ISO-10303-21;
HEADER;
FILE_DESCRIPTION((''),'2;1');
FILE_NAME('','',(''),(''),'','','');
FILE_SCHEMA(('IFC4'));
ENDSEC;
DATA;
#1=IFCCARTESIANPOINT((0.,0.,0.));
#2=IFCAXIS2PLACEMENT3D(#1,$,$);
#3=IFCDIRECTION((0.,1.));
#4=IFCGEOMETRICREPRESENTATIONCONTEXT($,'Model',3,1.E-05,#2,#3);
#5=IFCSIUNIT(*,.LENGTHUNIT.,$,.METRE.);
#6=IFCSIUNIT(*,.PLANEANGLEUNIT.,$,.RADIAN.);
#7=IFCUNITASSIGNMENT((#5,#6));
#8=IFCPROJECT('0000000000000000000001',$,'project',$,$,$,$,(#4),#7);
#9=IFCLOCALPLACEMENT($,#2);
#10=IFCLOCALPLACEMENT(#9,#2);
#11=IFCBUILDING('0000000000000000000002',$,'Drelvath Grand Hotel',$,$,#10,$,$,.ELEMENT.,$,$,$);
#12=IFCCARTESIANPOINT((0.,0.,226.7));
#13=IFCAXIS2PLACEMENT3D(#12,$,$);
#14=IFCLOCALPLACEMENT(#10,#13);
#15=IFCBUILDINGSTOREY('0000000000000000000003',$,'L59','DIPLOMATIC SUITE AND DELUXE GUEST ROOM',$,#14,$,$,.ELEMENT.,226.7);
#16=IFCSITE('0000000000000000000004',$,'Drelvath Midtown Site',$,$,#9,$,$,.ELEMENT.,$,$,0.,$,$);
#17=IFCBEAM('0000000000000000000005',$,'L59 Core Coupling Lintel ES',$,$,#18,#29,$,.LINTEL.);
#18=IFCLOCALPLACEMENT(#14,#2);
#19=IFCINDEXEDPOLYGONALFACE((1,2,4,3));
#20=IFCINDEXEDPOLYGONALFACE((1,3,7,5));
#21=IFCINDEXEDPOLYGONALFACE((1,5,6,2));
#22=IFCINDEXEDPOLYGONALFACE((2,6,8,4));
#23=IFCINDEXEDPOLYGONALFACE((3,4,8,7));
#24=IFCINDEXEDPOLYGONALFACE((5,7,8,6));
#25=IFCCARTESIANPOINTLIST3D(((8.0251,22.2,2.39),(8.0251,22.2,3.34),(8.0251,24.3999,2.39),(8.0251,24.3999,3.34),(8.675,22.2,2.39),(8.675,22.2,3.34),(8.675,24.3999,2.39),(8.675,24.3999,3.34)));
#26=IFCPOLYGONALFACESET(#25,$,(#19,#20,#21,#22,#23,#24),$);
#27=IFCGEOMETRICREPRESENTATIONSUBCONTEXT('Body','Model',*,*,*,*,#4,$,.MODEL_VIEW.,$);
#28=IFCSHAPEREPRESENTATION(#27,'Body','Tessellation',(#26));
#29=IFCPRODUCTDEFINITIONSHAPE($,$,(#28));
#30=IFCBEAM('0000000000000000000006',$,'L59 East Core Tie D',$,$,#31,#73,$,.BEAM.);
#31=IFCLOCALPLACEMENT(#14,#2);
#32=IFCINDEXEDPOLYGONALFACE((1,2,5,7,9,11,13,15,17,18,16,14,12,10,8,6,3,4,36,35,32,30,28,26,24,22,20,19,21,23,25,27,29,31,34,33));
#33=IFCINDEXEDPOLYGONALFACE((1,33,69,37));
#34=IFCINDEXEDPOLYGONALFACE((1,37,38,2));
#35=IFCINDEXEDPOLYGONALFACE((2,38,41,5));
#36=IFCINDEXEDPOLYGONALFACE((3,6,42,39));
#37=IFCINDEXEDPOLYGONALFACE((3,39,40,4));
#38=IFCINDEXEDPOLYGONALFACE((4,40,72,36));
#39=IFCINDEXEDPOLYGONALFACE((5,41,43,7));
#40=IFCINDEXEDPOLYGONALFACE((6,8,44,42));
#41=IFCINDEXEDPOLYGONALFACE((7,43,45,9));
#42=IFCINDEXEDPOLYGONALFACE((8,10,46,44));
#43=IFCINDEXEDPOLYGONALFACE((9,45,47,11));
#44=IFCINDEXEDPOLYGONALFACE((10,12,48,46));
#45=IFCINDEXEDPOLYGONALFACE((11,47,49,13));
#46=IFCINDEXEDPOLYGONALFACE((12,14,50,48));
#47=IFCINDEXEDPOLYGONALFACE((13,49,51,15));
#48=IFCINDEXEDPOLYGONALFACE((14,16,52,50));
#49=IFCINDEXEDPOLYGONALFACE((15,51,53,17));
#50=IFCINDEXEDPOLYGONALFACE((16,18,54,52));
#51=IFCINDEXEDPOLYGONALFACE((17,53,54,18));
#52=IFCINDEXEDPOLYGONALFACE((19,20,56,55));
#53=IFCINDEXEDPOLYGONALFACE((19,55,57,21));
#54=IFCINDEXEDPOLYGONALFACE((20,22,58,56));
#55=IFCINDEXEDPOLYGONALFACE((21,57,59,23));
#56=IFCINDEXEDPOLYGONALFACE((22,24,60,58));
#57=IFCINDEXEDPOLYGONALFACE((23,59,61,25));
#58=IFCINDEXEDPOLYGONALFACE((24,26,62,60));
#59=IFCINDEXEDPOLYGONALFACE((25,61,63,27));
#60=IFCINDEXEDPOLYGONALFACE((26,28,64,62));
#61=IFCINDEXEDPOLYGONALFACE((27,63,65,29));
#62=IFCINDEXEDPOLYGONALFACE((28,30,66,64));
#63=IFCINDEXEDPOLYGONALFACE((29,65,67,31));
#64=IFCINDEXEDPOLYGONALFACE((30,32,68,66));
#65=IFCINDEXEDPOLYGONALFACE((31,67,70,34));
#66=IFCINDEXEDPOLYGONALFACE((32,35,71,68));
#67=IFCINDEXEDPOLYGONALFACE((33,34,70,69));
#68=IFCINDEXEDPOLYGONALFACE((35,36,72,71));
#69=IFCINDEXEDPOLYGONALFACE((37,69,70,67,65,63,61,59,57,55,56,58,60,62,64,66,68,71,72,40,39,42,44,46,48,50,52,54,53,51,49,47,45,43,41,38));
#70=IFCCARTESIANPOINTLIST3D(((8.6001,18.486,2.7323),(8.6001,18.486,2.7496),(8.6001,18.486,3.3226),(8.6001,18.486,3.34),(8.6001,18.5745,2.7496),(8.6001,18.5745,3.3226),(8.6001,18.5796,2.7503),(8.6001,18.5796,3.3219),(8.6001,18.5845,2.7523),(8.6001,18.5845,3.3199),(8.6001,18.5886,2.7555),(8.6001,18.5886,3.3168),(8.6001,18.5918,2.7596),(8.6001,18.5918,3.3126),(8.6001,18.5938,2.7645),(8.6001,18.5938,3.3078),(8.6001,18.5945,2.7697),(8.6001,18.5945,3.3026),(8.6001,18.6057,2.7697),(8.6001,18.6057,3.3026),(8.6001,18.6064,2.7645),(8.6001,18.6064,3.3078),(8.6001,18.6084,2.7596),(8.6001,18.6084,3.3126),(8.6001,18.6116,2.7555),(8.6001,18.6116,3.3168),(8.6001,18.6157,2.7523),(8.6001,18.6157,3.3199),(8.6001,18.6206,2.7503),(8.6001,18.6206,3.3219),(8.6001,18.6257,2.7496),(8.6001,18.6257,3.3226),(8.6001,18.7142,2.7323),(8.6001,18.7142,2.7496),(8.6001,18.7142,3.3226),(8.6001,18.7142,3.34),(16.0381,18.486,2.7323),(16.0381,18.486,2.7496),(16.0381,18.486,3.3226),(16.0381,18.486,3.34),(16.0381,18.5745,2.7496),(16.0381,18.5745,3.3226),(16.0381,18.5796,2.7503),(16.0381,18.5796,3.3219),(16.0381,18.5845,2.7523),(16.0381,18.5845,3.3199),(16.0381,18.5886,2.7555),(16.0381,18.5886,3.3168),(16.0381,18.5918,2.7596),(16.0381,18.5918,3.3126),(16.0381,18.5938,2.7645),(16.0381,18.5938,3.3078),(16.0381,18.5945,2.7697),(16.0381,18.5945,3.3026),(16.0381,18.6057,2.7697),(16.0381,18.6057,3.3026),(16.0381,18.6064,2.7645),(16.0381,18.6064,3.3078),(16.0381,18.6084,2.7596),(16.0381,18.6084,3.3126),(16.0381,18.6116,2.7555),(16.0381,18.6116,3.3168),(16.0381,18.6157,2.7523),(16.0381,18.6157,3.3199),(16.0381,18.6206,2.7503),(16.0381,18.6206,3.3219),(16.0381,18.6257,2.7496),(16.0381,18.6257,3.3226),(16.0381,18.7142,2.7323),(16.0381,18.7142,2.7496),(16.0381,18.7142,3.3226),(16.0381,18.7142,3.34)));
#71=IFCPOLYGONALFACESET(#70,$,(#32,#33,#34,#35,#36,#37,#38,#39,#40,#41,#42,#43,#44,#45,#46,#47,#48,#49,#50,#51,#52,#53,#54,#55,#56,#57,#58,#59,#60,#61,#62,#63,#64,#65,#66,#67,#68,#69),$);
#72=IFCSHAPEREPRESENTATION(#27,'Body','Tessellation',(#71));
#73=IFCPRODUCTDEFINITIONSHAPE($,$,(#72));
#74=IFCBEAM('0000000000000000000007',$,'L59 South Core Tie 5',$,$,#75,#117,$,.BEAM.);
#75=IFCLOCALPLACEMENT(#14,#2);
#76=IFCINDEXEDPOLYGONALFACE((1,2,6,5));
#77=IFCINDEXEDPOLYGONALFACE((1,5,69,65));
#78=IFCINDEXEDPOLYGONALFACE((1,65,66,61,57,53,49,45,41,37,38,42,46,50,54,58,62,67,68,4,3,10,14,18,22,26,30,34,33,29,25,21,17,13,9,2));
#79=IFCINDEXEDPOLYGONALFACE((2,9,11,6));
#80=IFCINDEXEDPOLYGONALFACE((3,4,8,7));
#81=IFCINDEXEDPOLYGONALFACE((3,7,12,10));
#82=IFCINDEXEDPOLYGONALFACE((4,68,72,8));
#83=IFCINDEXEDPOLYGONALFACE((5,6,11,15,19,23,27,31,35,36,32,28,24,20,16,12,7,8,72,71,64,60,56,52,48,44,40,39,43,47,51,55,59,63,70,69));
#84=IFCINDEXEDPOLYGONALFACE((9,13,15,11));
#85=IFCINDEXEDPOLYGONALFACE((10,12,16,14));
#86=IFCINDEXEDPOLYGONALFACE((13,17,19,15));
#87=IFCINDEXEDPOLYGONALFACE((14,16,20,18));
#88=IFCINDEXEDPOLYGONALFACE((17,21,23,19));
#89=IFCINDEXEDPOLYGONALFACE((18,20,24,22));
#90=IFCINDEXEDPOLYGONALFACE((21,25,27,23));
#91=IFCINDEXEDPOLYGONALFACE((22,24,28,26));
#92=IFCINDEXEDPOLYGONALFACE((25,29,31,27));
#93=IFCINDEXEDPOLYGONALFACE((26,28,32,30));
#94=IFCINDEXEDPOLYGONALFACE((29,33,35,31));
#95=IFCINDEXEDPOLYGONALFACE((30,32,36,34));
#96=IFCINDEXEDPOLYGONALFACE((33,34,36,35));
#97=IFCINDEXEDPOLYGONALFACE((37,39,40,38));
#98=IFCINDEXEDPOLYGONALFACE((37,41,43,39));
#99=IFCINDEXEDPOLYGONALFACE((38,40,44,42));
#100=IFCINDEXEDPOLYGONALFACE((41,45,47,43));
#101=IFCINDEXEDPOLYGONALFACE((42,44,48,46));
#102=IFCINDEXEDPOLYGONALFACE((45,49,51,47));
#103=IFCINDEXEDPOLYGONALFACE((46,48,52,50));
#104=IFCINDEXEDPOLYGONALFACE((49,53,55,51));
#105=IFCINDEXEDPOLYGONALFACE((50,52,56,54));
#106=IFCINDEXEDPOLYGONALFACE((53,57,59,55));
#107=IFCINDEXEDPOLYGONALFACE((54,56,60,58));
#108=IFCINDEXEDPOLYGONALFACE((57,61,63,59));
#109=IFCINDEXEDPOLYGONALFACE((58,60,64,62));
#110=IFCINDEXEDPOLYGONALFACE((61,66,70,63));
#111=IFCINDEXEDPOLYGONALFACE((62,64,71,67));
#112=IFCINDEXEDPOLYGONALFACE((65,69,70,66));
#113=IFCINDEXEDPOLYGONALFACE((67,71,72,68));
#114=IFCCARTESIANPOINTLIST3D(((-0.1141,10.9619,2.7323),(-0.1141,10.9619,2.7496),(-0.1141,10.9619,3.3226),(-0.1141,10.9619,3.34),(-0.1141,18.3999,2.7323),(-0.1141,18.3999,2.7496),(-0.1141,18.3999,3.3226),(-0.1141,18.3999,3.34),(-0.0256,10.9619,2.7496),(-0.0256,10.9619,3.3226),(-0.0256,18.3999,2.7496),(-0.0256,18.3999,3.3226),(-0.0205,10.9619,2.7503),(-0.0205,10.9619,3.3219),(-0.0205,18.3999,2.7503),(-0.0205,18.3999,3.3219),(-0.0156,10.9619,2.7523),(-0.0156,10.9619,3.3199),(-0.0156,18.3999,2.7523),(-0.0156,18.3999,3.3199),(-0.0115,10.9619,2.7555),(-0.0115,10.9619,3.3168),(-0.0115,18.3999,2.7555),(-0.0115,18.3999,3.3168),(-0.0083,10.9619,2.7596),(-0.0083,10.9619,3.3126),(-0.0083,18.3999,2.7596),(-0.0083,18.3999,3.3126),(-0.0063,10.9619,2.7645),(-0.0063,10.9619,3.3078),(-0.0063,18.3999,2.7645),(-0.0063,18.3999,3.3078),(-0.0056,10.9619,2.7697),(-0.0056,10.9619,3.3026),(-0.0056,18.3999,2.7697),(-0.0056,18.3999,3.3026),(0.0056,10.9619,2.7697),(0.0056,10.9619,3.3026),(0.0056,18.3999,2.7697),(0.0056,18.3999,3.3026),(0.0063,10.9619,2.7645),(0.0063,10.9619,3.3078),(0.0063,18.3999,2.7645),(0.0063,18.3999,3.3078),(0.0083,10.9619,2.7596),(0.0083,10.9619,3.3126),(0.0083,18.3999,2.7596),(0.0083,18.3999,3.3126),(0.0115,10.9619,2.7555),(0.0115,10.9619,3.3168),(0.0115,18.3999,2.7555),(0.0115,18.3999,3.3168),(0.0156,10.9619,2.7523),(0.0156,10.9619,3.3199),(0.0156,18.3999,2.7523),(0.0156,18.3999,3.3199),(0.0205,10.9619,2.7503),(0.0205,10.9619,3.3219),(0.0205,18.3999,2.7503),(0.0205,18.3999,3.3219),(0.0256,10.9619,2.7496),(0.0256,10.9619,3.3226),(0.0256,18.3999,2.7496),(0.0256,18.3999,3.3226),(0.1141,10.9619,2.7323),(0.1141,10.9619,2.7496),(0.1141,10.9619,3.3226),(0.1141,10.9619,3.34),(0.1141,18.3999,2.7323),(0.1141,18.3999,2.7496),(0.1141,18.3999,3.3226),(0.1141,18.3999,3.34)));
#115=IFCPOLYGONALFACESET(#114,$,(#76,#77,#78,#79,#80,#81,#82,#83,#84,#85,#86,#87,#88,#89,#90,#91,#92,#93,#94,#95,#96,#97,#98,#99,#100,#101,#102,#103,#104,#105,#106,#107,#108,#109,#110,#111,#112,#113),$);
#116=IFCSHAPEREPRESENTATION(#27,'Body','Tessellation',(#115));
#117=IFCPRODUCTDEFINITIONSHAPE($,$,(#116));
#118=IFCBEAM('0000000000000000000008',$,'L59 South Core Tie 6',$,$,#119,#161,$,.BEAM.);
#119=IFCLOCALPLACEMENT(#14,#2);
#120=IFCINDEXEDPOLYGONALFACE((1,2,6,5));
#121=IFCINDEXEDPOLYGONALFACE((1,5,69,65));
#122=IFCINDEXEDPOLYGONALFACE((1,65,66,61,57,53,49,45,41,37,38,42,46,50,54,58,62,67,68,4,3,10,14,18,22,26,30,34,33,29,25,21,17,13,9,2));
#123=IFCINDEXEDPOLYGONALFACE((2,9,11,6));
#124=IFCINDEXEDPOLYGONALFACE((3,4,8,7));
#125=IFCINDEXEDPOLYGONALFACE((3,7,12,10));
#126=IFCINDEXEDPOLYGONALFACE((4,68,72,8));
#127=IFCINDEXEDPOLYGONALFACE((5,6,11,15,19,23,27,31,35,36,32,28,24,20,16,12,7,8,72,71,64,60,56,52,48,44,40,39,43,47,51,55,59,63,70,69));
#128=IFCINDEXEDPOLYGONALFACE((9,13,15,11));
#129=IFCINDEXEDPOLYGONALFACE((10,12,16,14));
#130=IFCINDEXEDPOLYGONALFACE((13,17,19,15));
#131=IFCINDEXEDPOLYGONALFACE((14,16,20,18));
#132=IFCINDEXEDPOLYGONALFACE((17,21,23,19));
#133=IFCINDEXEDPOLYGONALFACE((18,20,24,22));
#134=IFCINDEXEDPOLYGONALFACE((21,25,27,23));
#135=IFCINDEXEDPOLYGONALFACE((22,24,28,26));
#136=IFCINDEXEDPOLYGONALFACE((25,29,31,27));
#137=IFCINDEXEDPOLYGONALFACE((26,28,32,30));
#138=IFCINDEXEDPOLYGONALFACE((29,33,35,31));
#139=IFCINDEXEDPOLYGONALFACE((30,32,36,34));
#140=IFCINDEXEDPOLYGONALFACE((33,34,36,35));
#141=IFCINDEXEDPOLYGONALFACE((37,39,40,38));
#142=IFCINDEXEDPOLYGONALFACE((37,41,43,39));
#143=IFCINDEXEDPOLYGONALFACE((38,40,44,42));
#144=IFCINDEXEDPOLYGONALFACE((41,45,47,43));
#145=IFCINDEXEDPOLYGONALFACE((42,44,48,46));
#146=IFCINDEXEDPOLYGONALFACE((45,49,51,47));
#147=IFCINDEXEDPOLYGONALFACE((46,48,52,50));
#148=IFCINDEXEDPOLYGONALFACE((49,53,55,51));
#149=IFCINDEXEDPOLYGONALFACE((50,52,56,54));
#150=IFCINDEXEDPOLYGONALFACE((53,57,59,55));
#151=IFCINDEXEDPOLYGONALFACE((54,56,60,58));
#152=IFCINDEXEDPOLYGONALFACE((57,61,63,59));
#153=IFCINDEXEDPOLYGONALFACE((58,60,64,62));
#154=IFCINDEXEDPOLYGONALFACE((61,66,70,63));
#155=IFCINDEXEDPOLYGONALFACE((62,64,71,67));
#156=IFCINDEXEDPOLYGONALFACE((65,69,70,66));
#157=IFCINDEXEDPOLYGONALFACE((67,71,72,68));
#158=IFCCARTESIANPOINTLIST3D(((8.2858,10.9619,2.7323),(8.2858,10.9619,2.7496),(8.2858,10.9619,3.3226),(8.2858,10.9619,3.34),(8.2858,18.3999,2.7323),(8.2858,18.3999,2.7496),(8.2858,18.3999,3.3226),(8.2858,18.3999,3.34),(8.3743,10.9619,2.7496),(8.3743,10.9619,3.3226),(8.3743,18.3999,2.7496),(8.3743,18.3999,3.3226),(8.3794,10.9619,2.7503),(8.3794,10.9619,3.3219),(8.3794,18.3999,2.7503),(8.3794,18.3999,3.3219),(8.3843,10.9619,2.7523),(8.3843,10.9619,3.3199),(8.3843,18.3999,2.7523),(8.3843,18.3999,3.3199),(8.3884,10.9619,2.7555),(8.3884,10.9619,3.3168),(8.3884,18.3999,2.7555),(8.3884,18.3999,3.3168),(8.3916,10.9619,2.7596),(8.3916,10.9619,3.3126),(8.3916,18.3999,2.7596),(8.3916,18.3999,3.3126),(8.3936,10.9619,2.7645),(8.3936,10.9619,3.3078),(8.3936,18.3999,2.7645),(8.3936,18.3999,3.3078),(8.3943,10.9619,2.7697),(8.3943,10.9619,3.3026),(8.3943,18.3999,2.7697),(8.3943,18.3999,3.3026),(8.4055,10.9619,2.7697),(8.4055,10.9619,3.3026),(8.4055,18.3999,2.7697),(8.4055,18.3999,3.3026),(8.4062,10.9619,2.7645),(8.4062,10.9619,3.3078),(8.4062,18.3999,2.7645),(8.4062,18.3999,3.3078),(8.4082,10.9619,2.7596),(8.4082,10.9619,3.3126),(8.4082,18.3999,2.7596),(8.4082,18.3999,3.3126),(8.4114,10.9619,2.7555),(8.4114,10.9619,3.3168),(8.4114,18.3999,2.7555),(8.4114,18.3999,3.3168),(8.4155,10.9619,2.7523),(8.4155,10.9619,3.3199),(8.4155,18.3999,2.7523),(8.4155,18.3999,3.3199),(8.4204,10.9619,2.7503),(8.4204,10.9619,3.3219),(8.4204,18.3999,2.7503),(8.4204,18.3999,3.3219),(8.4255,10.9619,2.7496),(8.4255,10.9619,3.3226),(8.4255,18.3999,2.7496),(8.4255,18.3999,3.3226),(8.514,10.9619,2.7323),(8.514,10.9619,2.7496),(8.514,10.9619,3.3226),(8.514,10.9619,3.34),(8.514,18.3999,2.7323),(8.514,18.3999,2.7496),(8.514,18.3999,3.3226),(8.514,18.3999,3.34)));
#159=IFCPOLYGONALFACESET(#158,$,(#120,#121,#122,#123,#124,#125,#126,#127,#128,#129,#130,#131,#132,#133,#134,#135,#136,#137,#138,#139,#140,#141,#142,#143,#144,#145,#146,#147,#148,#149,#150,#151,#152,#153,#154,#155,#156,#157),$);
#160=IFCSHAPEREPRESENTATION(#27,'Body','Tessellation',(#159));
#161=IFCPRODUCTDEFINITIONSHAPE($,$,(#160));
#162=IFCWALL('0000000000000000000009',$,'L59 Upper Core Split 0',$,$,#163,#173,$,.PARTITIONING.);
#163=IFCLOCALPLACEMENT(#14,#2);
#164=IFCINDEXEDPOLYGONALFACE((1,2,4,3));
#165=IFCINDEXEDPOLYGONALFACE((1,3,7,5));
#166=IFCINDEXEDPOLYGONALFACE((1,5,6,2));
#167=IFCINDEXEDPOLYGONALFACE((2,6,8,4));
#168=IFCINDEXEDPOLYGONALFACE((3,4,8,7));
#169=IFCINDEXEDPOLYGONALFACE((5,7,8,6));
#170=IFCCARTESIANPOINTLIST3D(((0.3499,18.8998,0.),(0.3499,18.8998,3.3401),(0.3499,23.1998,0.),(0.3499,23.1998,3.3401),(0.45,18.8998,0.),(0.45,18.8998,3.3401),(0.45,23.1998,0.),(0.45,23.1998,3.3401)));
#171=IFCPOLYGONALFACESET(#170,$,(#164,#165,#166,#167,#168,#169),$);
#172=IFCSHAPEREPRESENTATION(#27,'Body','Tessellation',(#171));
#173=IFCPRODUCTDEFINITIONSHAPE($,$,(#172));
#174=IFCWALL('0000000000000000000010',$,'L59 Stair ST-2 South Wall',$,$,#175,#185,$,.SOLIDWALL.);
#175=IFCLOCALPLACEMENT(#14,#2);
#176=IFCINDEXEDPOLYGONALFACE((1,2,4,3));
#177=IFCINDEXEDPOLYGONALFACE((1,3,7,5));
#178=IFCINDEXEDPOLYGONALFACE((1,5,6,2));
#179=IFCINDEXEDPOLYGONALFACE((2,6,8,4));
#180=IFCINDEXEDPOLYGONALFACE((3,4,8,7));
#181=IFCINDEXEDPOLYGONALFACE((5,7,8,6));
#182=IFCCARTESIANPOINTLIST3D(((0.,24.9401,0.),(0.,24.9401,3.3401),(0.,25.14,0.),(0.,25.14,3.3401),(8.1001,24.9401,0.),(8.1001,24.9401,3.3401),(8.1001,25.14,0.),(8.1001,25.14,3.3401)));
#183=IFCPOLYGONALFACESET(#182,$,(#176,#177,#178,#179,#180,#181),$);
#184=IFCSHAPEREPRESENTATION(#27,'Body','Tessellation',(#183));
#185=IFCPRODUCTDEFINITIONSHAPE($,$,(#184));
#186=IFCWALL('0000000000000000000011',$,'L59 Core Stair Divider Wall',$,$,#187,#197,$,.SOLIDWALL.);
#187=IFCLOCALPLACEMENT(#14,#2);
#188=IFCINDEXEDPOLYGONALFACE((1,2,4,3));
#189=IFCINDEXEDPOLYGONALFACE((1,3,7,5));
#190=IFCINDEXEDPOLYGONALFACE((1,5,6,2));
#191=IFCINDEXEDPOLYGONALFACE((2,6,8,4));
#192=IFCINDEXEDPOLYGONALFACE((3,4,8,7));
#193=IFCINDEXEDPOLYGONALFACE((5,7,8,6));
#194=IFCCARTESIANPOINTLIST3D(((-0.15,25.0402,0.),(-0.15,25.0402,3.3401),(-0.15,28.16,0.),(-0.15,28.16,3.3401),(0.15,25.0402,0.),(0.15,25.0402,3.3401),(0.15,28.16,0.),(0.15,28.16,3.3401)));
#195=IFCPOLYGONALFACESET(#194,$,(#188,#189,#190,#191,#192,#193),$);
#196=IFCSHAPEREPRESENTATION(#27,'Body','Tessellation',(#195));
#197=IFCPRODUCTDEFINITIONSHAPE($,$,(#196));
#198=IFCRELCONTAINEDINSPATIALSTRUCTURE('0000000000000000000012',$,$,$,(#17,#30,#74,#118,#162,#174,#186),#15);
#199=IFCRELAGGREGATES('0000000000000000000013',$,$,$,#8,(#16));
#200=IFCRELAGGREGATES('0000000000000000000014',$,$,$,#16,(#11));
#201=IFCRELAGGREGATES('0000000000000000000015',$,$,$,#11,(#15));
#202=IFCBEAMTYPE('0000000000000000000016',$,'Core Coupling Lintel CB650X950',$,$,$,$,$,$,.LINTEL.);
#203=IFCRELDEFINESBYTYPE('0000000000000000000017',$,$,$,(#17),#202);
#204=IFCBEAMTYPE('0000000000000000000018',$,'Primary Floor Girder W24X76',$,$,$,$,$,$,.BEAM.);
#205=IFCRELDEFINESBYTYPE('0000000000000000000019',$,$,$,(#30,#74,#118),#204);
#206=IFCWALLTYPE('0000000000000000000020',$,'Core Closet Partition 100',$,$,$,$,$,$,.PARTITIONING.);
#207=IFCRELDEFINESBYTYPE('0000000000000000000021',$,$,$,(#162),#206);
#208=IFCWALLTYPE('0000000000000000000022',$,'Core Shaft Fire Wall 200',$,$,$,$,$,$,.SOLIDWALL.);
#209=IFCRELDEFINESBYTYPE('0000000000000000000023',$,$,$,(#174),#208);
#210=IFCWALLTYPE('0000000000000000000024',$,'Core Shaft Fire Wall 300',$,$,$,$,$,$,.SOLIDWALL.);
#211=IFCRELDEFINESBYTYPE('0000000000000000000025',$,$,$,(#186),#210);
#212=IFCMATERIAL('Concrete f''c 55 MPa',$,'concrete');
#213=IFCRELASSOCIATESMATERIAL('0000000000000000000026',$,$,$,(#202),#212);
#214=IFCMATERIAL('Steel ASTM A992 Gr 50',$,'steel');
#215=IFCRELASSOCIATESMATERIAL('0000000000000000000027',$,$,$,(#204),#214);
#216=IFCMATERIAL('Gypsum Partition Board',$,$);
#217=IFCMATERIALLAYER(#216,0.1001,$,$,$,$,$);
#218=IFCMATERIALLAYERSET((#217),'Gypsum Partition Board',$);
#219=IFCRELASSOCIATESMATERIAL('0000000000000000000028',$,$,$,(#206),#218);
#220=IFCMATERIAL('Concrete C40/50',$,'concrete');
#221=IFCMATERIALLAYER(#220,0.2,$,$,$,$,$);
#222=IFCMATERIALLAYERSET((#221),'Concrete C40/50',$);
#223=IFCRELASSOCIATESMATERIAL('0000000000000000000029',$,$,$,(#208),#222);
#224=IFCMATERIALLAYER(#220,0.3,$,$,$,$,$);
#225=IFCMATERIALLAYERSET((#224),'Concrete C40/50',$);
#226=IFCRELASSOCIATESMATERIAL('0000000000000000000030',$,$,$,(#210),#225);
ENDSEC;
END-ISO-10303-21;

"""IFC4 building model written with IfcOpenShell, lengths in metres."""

from ifc_helpers import new_model, si_unit, direction, frame, frame_2d, origin, origin_2d, place, context, subcontext, project, spatial, rectangle, i_section, extrude, material, layer, layer_set, material_profile, profile_set, type_object, element, save


model = new_model("IFC4")

# Units and contexts
model_context = context("Model", 3, precision=1e-05, world=origin(), true_north=direction((0.0, 1.0)))
body_context = subcontext(model_context, "Body", "Model", "MODEL_VIEW")
ifc_project = project(units=[si_unit("LENGTHUNIT", "METRE"), si_unit("PLANEANGLEUNIT", "RADIAN")], contexts=[model_context])

# Site, building, storey
site_placement = place(None, origin())
site = spatial("IfcSite", under=ifc_project, at=site_placement, Name="Drelvath Midtown Site", CompositionType="ELEMENT", RefElevation=0.0)
building_placement = place(site_placement, origin())
building = spatial("IfcBuilding", under=site, at=building_placement, Name="Drelvath Grand Hotel", CompositionType="ELEMENT")
storey_placement = place(building_placement, frame((0.0, 0.0, 226.7)))
storey = spatial("IfcBuildingStorey", under=building, at=storey_placement, Name="L59", Description="DIPLOMATIC SUITE AND DELUXE GUEST ROOM", CompositionType="ELEMENT", Elevation=226.7)

# Beams
ifc_material_1 = material(Name="Concrete f'c 55 MPa", Category="concrete")
ifc_material_profile_1 = material_profile(ifc_material_1, rectangle(XDim=0.6499, YDim=0.95, at=origin_2d()), Name="CB650X950")
ifc_profile_set_1 = profile_set([ifc_material_profile_1], Name="Concrete f'c 55 MPa")
beam_type_1 = type_object("IfcBeamType", Name="Core Coupling Lintel CB650X950", PredefinedType="LINTEL", material=ifc_profile_set_1)
beam_placement = place(storey_placement, frame((8.3501, 22.2, 2.865), z_axis=(0.0, 1.0, 0.0), x_axis=(-1.0, 0.0, 0.0)))
element("IfcBeam", 1, at=beam_placement, inside=storey, type_object=beam_type_1, Name="L59 Core Coupling Lintel ES", PredefinedType="LINTEL", context=body_context, shape_type="SweptSolid", body=[
    extrude(rectangle(XDim=0.6499, YDim=0.95, at=origin_2d()), origin(), (0.0, 0.0, 1.0), 2.2),
])
ifc_material_2 = material(Name="Steel ASTM A992 Gr 50", Category="steel")
ifc_material_profile_2 = material_profile(ifc_material_2, i_section(OverallWidth=0.2283, OverallDepth=0.6077, WebThickness=0.0112, FlangeThickness=0.0173, FilletRadius=0.02, at=origin_2d()), Name="W24X76")
ifc_profile_set_2 = profile_set([ifc_material_profile_2], Name="Steel ASTM A992 Gr 50")
beam_type_2 = type_object("IfcBeamType", Name="Primary Floor Girder W24X76", PredefinedType="BEAM", material=ifc_profile_set_2)
for number, where, z_axis, x_axis, name in (
    (2, (8.6001, 18.6001, 3.0361), (1.0, 0.0, 0.0), (0.0, 1.0, 0.0), "L59 East Core Tie D"),
    (3, (0.0, 10.9619, 3.0361), (0.0, 1.0, 0.0), (-1.0, 0.0, 0.0), "L59 South Core Tie 5"),
    (4, (8.3999, 10.9619, 3.0361), (0.0, 1.0, 0.0), (-1.0, 0.0, 0.0), "L59 South Core Tie 6"),
):
    element("IfcBeam", number, at=place(storey_placement, frame(where, z_axis=z_axis, x_axis=x_axis)), inside=storey, type_object=beam_type_2, Name=name, PredefinedType="BEAM", context=body_context, shape_type="SweptSolid", body=[
        extrude(i_section(OverallWidth=0.2283, OverallDepth=0.6077, WebThickness=0.0112, FlangeThickness=0.0173, FilletRadius=0.02, at=origin_2d()), origin(), (0.0, 0.0, 1.0), 7.438),
    ])

# Walls
ifc_material_3 = material(Name="Gypsum Partition Board")
ifc_layer_1 = layer(ifc_material_3, 0.1001)
ifc_layer_set_1 = layer_set([ifc_layer_1], Name="Gypsum Partition Board")
wall_type_1 = type_object("IfcWallType", Name="Core Closet Partition 100", PredefinedType="PARTITIONING", material=ifc_layer_set_1)
wall_1_placement = place(storey_placement, frame((0.3999, 18.8999, 0.0), z_axis=(0.0, 0.0, 1.0), x_axis=(0.0, 1.0, 0.0)))
element("IfcWall", 5, at=wall_1_placement, inside=storey, type_object=wall_type_1, Name="L59 Upper Core Split 0", PredefinedType="PARTITIONING", context=body_context, shape_type="SweptSolid", body=[
    extrude(rectangle(XDim=4.3, YDim=0.1001, at=frame_2d((2.1499, 0.0))), origin(), (0.0, 0.0, 1.0), 3.3401),
])
ifc_material_4 = material(Name="Concrete C40/50", Category="concrete")
ifc_layer_2 = layer(ifc_material_4, 0.2)
ifc_layer_set_2 = layer_set([ifc_layer_2], Name="Concrete C40/50")
wall_type_2 = type_object("IfcWallType", Name="Core Shaft Fire Wall 200", PredefinedType="SOLIDWALL", material=ifc_layer_set_2)
wall_2_placement = place(storey_placement, frame((0.0, 25.04, 0.0), z_axis=(0.0, 0.0, 1.0), x_axis=(1.0, 0.0, 0.0)))
element("IfcWall", 6, at=wall_2_placement, inside=storey, type_object=wall_type_2, Name="L59 Stair ST-2 South Wall", PredefinedType="SOLIDWALL", context=body_context, shape_type="SweptSolid", body=[
    extrude(rectangle(XDim=8.1001, YDim=0.2, at=frame_2d((4.05, 0.0))), origin(), (0.0, 0.0, 1.0), 3.3401),
])
ifc_layer_3 = layer(ifc_material_4, 0.3)
ifc_layer_set_3 = layer_set([ifc_layer_3], Name="Concrete C40/50")
wall_type_3 = type_object("IfcWallType", Name="Core Shaft Fire Wall 300", PredefinedType="SOLIDWALL", material=ifc_layer_set_3)
wall_3_placement = place(storey_placement, frame((0.0, 25.04, 0.0), z_axis=(0.0, 0.0, 1.0), x_axis=(0.0, 1.0, 0.0)))
element("IfcWall", 7, at=wall_3_placement, inside=storey, type_object=wall_type_3, Name="L59 Core Stair Divider Wall", PredefinedType="SOLIDWALL", context=body_context, shape_type="SweptSolid", body=[
    extrude(rectangle(XDim=3.1199, YDim=0.3, at=frame_2d((1.5601, 0.0))), origin(), (0.0, 0.0, 1.0), 3.3401),
])

save(model, "model.ifc")
